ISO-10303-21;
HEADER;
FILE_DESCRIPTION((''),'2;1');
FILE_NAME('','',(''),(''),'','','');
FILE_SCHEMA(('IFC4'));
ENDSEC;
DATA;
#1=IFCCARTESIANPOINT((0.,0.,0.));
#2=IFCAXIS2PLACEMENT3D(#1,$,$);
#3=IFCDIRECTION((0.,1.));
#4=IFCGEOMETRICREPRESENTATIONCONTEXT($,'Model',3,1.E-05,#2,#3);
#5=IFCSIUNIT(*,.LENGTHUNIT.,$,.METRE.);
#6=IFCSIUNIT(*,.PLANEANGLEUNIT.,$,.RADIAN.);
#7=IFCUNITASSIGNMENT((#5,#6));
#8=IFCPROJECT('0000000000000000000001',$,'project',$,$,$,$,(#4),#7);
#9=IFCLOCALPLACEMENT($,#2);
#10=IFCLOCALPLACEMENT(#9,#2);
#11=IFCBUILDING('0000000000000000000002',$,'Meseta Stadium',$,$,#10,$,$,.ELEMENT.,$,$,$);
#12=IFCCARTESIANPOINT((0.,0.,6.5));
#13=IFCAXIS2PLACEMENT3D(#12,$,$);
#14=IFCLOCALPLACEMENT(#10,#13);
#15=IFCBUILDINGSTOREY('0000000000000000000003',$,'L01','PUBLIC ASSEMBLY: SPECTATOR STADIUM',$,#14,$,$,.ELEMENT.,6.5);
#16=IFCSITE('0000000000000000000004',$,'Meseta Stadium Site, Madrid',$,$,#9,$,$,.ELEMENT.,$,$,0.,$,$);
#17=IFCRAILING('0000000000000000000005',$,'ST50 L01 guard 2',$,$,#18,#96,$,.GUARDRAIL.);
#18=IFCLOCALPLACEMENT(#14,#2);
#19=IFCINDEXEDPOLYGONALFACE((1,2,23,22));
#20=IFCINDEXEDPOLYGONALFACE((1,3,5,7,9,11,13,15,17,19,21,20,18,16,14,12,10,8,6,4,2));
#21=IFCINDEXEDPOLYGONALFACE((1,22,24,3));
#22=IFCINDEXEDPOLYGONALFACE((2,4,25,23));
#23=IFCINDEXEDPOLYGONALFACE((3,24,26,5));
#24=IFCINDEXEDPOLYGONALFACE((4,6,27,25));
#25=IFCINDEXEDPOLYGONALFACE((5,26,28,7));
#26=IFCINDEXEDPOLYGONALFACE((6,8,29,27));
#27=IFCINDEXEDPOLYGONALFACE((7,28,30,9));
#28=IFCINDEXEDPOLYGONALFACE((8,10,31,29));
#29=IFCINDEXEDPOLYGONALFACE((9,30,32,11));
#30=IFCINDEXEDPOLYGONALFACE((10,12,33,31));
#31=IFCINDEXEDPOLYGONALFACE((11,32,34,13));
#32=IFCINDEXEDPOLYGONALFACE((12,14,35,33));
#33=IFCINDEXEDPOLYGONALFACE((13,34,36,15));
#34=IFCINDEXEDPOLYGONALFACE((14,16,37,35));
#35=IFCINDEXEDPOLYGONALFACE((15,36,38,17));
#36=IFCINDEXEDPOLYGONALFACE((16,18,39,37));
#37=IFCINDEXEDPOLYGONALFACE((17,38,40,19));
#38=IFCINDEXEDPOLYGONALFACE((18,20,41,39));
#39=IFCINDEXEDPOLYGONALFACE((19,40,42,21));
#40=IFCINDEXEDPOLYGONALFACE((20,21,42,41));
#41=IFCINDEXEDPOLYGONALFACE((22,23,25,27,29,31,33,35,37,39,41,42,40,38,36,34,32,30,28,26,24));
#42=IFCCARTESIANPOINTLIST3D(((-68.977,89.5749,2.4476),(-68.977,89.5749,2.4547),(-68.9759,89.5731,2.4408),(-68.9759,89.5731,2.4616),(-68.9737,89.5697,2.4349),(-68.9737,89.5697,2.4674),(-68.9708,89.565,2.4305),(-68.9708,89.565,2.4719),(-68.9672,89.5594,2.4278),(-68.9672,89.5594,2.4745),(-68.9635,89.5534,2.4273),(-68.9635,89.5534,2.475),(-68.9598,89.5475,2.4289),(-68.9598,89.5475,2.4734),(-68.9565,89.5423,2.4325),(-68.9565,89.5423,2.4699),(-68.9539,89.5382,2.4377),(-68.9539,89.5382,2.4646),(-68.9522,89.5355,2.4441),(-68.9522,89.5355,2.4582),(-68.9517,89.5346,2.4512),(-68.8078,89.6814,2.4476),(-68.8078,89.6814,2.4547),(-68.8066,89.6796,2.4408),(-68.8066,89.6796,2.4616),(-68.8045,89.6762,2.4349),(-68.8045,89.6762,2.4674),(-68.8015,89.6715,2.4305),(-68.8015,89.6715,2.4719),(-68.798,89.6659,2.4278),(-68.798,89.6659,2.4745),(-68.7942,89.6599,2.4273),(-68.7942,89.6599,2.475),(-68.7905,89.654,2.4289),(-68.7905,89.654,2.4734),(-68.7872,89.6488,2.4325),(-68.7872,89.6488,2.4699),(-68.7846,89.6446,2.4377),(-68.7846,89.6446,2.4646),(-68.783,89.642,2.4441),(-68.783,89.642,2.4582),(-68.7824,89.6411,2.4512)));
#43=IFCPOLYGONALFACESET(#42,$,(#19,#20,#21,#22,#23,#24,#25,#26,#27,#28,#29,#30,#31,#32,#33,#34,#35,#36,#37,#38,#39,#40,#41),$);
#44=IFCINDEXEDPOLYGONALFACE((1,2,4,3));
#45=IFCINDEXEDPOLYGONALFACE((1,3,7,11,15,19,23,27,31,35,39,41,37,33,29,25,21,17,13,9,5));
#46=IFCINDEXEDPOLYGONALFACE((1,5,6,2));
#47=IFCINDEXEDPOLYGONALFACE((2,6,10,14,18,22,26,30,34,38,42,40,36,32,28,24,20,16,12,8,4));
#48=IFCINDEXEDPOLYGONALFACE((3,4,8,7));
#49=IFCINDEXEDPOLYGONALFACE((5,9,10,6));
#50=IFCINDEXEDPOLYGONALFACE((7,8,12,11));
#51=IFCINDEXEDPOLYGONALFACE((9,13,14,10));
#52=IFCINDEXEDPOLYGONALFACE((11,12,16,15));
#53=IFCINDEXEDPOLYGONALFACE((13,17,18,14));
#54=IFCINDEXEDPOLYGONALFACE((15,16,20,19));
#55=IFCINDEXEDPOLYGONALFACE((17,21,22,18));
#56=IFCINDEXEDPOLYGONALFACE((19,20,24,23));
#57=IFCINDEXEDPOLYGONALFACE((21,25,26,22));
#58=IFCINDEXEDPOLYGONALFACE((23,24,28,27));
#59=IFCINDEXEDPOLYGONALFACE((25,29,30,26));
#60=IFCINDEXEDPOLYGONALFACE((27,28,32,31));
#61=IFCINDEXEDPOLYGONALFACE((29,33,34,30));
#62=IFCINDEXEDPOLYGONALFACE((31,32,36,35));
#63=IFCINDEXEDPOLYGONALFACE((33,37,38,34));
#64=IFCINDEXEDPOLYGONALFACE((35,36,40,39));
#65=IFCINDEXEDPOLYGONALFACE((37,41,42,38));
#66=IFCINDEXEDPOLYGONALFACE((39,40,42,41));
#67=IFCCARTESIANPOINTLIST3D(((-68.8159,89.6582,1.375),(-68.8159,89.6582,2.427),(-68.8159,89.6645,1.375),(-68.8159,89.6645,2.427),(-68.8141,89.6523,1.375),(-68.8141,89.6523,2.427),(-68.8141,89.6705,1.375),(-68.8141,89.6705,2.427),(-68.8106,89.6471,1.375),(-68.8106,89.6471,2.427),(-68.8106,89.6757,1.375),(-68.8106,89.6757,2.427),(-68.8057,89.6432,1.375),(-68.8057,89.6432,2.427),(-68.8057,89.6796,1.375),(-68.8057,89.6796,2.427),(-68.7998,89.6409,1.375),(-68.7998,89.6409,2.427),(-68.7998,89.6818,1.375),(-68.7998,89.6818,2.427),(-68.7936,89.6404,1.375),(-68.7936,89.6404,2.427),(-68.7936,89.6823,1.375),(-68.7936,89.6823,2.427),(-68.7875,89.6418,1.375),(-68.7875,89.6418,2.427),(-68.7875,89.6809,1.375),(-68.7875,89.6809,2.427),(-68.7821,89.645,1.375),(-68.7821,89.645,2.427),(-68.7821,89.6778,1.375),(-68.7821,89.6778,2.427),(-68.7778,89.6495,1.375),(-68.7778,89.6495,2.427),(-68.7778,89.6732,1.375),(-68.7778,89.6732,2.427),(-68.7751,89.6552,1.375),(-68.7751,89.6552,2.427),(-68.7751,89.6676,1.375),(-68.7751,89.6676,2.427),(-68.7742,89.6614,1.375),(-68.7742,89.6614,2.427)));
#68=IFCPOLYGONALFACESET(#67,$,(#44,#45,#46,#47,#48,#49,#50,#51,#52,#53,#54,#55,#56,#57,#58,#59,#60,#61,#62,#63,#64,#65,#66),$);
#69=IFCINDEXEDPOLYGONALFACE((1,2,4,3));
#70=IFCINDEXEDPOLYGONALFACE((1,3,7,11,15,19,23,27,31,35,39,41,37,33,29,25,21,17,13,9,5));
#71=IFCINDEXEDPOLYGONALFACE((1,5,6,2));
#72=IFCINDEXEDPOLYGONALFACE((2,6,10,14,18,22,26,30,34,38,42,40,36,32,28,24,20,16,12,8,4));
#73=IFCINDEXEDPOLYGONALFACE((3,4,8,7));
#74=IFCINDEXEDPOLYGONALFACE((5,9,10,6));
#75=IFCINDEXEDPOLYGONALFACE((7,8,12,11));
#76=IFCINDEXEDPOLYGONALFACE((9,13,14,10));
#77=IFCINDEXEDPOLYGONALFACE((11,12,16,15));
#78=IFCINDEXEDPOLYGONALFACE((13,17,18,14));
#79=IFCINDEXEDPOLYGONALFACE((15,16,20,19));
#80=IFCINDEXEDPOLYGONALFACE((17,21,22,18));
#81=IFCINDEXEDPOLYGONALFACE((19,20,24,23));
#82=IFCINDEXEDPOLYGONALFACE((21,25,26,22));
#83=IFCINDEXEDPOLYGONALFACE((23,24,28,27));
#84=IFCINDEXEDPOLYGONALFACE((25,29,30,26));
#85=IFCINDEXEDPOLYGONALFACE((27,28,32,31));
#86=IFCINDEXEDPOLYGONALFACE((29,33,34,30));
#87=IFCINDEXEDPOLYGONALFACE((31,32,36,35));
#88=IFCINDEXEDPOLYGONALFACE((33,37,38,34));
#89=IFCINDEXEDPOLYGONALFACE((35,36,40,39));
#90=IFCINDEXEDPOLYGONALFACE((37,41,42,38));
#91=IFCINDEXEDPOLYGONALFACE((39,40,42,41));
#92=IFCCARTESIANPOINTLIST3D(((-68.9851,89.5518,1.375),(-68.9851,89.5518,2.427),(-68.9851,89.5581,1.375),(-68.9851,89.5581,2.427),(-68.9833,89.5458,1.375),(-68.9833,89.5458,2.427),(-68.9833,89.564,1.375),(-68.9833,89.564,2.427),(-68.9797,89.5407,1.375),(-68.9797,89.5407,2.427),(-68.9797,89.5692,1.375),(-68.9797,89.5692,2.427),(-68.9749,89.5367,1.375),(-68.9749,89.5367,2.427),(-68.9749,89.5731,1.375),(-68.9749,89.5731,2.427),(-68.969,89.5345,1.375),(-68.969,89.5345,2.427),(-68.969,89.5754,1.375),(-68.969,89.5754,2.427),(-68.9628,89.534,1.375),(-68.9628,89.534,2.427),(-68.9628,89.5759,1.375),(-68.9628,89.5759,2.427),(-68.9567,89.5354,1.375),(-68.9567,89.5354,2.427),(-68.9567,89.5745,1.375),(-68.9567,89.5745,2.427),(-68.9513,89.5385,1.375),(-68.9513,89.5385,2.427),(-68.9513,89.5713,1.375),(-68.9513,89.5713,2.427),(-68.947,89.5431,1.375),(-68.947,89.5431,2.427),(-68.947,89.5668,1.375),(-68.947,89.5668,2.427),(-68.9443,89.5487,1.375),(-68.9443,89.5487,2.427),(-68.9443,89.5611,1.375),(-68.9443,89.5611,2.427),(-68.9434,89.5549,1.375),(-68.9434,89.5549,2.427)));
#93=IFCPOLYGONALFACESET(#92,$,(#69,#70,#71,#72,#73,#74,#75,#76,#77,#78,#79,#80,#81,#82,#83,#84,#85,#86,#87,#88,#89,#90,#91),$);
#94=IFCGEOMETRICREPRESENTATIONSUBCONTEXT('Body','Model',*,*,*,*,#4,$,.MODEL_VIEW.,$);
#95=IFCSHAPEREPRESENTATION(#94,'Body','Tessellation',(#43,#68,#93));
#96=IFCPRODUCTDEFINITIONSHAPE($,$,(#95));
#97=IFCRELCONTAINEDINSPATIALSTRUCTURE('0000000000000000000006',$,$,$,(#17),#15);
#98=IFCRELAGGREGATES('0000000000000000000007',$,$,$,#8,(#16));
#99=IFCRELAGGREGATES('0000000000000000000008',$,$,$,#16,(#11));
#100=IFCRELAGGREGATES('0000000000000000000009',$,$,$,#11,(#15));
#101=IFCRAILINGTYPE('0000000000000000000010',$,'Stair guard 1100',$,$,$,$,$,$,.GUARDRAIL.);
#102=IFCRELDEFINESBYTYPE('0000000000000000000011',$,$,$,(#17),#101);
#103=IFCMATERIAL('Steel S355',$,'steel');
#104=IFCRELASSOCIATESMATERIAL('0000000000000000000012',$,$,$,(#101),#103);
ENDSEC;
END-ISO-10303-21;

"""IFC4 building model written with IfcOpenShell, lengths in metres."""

from ifc_helpers import new_model, si_unit, direction, frame, origin, origin_2d, place, context, subcontext, project, spatial, circle, extrude, material, type_object, element, save


model = new_model("IFC4")

# Units and contexts
model_context = context("Model", 3, precision=1e-05, world=origin(), true_north=direction((0.0, 1.0)))
body_context = subcontext(model_context, "Body", "Model", "MODEL_VIEW")
ifc_project = project(units=[si_unit("LENGTHUNIT", "METRE"), si_unit("PLANEANGLEUNIT", "RADIAN")], contexts=[model_context])

# Site, building, storey
site_placement = place(None, origin())
site = spatial("IfcSite", under=ifc_project, at=site_placement, Name="Meseta Stadium Site, Madrid", CompositionType="ELEMENT", RefElevation=0.0)
building_placement = place(site_placement, origin())
building = spatial("IfcBuilding", under=site, at=building_placement, Name="Meseta Stadium", CompositionType="ELEMENT")
storey_placement = place(building_placement, frame((0.0, 0.0, 6.5)))
storey = spatial("IfcBuildingStorey", under=building, at=storey_placement, Name="L01", Description="PUBLIC ASSEMBLY: SPECTATOR STADIUM", CompositionType="ELEMENT", Elevation=6.5)

# Railing
ifc_material_1 = material(Name="Steel S355", Category="steel")
railing_type_1 = type_object("IfcRailingType", Name="Stair guard 1100", PredefinedType="GUARDRAIL", material=ifc_material_1)
railing_1_placement = place(storey_placement, frame((-68.7952, 89.6614, 1.375)))
element("IfcRailing", 1, at=railing_1_placement, inside=storey, type_object=railing_type_1, Name="ST50 L01 guard 2", PredefinedType="GUARDRAIL", context=body_context, shape_type="SweptSolid", body=[
    extrude(circle(Radius=0.0239, at=origin_2d()), frame((0.0, 0.0, 1.0762), z_axis=(-0.846416, -0.532522, 0.0), x_axis=(0.532522, -0.846416, 0.0)), (0.0, 0.0, 1.0), 0.2),
    extrude(circle(Radius=0.021, at=origin_2d()), origin(), (0.0, 0.0, 1.0), 1.052),
    extrude(circle(Radius=0.021, at=origin_2d()), frame((-0.1692, -0.1064, 0.0)), (0.0, 0.0, 1.0), 1.052),
])

save(model, "model.ifc")
